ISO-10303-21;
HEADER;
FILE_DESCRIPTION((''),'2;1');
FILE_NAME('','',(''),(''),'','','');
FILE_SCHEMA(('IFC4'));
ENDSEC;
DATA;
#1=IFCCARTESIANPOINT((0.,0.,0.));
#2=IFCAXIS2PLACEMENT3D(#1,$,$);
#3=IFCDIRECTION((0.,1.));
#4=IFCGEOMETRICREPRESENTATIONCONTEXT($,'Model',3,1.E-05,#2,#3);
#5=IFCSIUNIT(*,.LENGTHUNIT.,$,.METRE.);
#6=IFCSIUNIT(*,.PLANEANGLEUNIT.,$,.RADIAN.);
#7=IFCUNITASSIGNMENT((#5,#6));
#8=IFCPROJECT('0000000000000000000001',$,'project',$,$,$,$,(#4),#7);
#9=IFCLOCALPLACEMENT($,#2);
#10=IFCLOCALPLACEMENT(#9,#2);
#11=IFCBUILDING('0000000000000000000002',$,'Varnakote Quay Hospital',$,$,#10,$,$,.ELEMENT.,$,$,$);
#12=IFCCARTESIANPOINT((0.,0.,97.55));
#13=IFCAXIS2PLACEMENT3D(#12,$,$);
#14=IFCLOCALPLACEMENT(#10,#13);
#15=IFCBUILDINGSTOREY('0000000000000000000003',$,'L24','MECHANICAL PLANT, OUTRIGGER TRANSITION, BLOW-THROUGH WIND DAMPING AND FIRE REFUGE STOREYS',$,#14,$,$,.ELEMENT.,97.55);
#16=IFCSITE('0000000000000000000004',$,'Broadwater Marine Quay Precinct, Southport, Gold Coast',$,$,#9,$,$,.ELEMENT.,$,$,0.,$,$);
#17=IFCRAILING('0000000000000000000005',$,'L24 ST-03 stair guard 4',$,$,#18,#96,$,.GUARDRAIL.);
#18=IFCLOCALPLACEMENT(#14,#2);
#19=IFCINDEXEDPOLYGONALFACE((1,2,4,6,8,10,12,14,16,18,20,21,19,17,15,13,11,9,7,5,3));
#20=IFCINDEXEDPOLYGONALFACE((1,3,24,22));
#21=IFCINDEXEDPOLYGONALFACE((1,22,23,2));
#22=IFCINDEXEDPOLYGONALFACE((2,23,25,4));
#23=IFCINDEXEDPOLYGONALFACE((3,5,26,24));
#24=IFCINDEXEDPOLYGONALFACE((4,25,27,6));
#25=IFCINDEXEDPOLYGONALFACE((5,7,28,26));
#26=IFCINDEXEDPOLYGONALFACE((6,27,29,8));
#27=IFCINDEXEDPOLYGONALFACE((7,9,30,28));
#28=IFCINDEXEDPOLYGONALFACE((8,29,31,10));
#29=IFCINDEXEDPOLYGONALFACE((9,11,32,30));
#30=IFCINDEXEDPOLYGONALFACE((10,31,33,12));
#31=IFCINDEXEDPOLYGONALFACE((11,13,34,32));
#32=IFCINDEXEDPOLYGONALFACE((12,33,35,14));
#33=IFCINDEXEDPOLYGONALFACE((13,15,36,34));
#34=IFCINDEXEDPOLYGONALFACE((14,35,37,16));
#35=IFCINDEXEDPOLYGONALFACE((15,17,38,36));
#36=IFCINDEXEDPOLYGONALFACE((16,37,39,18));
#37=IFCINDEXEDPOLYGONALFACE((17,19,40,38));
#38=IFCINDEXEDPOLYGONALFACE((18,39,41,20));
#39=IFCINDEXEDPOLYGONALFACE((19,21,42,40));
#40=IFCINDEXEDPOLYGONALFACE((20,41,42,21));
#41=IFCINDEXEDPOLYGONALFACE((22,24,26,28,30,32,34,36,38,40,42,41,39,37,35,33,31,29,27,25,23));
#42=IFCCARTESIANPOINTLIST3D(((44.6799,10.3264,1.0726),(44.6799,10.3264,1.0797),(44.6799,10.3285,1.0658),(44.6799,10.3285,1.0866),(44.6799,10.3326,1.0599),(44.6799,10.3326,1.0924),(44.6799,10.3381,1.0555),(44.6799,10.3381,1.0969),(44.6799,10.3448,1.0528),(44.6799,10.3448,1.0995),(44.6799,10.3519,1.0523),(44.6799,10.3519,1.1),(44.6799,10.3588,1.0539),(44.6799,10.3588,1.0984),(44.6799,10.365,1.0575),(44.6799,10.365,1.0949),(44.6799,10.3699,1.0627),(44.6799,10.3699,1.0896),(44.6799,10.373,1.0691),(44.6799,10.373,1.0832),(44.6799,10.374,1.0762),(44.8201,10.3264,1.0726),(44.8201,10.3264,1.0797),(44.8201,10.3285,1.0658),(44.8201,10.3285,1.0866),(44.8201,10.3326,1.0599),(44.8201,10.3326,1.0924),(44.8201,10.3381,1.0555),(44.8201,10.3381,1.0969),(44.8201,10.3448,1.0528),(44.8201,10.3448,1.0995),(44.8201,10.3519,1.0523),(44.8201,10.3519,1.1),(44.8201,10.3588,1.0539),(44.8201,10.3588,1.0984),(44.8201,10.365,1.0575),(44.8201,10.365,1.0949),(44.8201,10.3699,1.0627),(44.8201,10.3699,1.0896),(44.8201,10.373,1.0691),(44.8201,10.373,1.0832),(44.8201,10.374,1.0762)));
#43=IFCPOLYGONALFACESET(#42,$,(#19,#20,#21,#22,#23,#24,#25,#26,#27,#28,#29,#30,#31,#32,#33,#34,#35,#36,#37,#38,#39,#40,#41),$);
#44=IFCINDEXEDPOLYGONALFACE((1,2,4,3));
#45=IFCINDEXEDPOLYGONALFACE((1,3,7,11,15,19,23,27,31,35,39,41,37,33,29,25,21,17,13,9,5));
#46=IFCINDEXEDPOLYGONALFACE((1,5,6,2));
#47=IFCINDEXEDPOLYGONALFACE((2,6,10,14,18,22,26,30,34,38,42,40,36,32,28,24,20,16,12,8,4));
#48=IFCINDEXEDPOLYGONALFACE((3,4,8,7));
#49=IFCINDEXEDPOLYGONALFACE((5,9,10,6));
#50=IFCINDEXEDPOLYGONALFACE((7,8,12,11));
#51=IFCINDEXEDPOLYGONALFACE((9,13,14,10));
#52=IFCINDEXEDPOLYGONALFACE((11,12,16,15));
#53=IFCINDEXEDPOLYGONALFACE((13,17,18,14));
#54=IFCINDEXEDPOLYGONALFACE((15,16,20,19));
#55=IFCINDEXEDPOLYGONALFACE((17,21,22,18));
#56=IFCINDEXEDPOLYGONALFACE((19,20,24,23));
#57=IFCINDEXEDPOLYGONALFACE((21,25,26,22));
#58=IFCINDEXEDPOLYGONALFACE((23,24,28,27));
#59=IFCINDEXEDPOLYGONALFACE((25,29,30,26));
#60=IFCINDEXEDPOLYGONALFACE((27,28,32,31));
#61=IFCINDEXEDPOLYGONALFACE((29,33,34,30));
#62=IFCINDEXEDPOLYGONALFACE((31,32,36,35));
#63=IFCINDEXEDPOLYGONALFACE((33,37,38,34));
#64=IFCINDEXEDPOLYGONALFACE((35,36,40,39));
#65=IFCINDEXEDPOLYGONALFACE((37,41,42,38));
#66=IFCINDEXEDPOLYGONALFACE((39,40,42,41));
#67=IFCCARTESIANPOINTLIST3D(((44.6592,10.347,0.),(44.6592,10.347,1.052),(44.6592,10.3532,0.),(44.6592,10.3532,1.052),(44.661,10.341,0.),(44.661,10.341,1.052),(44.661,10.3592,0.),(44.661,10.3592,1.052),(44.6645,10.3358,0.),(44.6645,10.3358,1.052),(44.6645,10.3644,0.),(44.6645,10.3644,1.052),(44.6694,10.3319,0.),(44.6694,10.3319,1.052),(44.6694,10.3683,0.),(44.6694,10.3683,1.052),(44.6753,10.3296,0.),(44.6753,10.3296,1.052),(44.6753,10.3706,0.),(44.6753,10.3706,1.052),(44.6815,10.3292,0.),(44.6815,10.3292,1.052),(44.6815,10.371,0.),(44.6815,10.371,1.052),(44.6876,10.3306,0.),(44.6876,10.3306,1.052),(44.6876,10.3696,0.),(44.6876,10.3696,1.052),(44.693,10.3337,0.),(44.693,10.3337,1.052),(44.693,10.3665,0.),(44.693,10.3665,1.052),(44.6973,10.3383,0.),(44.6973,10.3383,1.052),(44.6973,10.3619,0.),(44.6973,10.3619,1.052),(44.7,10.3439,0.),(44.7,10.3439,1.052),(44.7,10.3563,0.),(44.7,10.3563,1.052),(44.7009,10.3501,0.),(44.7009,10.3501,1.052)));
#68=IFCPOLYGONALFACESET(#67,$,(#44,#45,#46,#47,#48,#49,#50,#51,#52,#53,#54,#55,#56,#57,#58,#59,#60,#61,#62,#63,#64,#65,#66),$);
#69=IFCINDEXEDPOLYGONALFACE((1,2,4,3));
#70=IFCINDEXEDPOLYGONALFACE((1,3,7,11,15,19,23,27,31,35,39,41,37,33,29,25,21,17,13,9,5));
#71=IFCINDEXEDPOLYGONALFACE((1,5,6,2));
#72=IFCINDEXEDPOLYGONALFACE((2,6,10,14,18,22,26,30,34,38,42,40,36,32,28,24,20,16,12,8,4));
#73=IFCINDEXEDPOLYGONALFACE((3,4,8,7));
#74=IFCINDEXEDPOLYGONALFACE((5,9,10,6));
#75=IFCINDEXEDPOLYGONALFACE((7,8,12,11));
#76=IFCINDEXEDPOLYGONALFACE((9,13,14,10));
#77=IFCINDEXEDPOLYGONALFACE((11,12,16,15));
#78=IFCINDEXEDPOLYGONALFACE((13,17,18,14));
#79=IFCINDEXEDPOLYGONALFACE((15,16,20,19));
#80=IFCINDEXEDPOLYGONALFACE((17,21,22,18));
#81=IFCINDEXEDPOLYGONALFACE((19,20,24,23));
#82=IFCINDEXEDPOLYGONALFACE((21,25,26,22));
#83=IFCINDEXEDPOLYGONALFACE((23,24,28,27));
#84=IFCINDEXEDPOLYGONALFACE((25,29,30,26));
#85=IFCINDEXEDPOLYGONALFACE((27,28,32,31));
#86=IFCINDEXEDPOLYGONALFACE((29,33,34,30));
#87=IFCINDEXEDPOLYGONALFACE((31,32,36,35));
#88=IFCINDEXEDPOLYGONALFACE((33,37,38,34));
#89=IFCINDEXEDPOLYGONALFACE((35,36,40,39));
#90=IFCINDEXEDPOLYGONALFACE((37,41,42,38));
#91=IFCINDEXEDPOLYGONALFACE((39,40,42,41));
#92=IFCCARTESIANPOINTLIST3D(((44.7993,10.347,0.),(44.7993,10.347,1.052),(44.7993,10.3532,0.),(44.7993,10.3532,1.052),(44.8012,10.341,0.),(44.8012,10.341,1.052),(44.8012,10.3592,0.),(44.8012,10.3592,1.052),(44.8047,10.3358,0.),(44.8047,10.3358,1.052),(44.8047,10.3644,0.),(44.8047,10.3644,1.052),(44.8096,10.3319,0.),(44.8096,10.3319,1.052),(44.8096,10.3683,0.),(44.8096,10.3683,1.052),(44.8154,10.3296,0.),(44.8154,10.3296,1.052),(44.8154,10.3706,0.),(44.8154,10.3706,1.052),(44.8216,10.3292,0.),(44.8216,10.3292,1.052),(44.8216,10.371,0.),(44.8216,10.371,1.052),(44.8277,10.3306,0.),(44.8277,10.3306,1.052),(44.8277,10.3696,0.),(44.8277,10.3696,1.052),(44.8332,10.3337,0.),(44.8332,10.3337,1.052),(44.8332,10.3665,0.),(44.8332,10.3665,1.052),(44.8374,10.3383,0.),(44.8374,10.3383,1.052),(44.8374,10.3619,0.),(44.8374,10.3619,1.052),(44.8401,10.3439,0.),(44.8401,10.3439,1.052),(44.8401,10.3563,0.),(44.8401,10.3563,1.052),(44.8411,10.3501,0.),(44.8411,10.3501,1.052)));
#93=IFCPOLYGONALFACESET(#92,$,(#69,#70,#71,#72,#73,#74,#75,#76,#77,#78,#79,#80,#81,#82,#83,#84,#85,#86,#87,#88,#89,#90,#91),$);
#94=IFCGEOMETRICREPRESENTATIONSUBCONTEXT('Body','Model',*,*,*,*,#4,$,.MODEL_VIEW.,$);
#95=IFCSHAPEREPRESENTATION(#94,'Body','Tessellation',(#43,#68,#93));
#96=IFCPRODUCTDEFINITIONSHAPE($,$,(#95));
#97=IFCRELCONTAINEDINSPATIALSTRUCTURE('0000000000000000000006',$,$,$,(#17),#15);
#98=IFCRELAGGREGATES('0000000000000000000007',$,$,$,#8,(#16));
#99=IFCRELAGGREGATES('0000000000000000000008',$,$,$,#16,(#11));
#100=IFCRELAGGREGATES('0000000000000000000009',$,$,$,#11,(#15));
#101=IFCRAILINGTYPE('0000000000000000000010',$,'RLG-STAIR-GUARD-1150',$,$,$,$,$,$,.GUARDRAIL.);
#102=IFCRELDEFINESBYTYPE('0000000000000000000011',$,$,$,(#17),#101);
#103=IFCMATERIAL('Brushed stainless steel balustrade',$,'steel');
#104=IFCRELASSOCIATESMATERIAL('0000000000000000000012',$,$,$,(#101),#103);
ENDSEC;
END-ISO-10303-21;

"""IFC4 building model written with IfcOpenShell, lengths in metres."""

from ifc_helpers import new_model, si_unit, direction, frame, origin, origin_2d, place, context, subcontext, project, spatial, circle, extrude, material, type_object, element, save


model = new_model("IFC4")

# Units and contexts
model_context = context("Model", 3, precision=1e-05, world=origin(), true_north=direction((0.0, 1.0)))
body_context = subcontext(model_context, "Body", "Model", "MODEL_VIEW")
ifc_project = project(units=[si_unit("LENGTHUNIT", "METRE"), si_unit("PLANEANGLEUNIT", "RADIAN")], contexts=[model_context])

# Site, building, storey
site_placement = place(None, origin())
site = spatial("IfcSite", under=ifc_project, at=site_placement, Name="Broadwater Marine Quay Precinct, Southport, Gold Coast", CompositionType="ELEMENT", RefElevation=0.0)
building_placement = place(site_placement, origin())
building = spatial("IfcBuilding", under=site, at=building_placement, Name="Varnakote Quay Hospital", CompositionType="ELEMENT")
storey_placement = place(building_placement, frame((0.0, 0.0, 97.55)))
storey = spatial("IfcBuildingStorey", under=building, at=storey_placement, Name="L24", Description="MECHANICAL PLANT, OUTRIGGER TRANSITION, BLOW-THROUGH WIND DAMPING AND FIRE REFUGE STOREYS", CompositionType="ELEMENT", Elevation=97.55)

# Railing
ifc_material_1 = material(Name="Brushed stainless steel balustrade", Category="steel")
railing_type_1 = type_object("IfcRailingType", Name="RLG-STAIR-GUARD-1150", PredefinedType="GUARDRAIL", material=ifc_material_1)
railing_1_placement = place(storey_placement, frame((44.6799, 10.3501, 0.0)))
element("IfcRailing", 1, at=railing_1_placement, inside=storey, type_object=railing_type_1, Name="L24 ST-03 stair guard 4", PredefinedType="GUARDRAIL", context=body_context, shape_type="SweptSolid", body=[
    extrude(circle(Radius=0.0239, at=origin_2d()), frame((0.0, 0.0, 1.0762), z_axis=(1.0, 0.0, 0.0), x_axis=(0.0, 1.0, 0.0)), (0.0, 0.0, 1.0), 0.1401),
    extrude(circle(Radius=0.021, at=origin_2d()), origin(), (0.0, 0.0, 1.0), 1.052),
    extrude(circle(Radius=0.021, at=origin_2d()), frame((0.1401, 0.0, 0.0)), (0.0, 0.0, 1.0), 1.052),
])

save(model, "model.ifc")
